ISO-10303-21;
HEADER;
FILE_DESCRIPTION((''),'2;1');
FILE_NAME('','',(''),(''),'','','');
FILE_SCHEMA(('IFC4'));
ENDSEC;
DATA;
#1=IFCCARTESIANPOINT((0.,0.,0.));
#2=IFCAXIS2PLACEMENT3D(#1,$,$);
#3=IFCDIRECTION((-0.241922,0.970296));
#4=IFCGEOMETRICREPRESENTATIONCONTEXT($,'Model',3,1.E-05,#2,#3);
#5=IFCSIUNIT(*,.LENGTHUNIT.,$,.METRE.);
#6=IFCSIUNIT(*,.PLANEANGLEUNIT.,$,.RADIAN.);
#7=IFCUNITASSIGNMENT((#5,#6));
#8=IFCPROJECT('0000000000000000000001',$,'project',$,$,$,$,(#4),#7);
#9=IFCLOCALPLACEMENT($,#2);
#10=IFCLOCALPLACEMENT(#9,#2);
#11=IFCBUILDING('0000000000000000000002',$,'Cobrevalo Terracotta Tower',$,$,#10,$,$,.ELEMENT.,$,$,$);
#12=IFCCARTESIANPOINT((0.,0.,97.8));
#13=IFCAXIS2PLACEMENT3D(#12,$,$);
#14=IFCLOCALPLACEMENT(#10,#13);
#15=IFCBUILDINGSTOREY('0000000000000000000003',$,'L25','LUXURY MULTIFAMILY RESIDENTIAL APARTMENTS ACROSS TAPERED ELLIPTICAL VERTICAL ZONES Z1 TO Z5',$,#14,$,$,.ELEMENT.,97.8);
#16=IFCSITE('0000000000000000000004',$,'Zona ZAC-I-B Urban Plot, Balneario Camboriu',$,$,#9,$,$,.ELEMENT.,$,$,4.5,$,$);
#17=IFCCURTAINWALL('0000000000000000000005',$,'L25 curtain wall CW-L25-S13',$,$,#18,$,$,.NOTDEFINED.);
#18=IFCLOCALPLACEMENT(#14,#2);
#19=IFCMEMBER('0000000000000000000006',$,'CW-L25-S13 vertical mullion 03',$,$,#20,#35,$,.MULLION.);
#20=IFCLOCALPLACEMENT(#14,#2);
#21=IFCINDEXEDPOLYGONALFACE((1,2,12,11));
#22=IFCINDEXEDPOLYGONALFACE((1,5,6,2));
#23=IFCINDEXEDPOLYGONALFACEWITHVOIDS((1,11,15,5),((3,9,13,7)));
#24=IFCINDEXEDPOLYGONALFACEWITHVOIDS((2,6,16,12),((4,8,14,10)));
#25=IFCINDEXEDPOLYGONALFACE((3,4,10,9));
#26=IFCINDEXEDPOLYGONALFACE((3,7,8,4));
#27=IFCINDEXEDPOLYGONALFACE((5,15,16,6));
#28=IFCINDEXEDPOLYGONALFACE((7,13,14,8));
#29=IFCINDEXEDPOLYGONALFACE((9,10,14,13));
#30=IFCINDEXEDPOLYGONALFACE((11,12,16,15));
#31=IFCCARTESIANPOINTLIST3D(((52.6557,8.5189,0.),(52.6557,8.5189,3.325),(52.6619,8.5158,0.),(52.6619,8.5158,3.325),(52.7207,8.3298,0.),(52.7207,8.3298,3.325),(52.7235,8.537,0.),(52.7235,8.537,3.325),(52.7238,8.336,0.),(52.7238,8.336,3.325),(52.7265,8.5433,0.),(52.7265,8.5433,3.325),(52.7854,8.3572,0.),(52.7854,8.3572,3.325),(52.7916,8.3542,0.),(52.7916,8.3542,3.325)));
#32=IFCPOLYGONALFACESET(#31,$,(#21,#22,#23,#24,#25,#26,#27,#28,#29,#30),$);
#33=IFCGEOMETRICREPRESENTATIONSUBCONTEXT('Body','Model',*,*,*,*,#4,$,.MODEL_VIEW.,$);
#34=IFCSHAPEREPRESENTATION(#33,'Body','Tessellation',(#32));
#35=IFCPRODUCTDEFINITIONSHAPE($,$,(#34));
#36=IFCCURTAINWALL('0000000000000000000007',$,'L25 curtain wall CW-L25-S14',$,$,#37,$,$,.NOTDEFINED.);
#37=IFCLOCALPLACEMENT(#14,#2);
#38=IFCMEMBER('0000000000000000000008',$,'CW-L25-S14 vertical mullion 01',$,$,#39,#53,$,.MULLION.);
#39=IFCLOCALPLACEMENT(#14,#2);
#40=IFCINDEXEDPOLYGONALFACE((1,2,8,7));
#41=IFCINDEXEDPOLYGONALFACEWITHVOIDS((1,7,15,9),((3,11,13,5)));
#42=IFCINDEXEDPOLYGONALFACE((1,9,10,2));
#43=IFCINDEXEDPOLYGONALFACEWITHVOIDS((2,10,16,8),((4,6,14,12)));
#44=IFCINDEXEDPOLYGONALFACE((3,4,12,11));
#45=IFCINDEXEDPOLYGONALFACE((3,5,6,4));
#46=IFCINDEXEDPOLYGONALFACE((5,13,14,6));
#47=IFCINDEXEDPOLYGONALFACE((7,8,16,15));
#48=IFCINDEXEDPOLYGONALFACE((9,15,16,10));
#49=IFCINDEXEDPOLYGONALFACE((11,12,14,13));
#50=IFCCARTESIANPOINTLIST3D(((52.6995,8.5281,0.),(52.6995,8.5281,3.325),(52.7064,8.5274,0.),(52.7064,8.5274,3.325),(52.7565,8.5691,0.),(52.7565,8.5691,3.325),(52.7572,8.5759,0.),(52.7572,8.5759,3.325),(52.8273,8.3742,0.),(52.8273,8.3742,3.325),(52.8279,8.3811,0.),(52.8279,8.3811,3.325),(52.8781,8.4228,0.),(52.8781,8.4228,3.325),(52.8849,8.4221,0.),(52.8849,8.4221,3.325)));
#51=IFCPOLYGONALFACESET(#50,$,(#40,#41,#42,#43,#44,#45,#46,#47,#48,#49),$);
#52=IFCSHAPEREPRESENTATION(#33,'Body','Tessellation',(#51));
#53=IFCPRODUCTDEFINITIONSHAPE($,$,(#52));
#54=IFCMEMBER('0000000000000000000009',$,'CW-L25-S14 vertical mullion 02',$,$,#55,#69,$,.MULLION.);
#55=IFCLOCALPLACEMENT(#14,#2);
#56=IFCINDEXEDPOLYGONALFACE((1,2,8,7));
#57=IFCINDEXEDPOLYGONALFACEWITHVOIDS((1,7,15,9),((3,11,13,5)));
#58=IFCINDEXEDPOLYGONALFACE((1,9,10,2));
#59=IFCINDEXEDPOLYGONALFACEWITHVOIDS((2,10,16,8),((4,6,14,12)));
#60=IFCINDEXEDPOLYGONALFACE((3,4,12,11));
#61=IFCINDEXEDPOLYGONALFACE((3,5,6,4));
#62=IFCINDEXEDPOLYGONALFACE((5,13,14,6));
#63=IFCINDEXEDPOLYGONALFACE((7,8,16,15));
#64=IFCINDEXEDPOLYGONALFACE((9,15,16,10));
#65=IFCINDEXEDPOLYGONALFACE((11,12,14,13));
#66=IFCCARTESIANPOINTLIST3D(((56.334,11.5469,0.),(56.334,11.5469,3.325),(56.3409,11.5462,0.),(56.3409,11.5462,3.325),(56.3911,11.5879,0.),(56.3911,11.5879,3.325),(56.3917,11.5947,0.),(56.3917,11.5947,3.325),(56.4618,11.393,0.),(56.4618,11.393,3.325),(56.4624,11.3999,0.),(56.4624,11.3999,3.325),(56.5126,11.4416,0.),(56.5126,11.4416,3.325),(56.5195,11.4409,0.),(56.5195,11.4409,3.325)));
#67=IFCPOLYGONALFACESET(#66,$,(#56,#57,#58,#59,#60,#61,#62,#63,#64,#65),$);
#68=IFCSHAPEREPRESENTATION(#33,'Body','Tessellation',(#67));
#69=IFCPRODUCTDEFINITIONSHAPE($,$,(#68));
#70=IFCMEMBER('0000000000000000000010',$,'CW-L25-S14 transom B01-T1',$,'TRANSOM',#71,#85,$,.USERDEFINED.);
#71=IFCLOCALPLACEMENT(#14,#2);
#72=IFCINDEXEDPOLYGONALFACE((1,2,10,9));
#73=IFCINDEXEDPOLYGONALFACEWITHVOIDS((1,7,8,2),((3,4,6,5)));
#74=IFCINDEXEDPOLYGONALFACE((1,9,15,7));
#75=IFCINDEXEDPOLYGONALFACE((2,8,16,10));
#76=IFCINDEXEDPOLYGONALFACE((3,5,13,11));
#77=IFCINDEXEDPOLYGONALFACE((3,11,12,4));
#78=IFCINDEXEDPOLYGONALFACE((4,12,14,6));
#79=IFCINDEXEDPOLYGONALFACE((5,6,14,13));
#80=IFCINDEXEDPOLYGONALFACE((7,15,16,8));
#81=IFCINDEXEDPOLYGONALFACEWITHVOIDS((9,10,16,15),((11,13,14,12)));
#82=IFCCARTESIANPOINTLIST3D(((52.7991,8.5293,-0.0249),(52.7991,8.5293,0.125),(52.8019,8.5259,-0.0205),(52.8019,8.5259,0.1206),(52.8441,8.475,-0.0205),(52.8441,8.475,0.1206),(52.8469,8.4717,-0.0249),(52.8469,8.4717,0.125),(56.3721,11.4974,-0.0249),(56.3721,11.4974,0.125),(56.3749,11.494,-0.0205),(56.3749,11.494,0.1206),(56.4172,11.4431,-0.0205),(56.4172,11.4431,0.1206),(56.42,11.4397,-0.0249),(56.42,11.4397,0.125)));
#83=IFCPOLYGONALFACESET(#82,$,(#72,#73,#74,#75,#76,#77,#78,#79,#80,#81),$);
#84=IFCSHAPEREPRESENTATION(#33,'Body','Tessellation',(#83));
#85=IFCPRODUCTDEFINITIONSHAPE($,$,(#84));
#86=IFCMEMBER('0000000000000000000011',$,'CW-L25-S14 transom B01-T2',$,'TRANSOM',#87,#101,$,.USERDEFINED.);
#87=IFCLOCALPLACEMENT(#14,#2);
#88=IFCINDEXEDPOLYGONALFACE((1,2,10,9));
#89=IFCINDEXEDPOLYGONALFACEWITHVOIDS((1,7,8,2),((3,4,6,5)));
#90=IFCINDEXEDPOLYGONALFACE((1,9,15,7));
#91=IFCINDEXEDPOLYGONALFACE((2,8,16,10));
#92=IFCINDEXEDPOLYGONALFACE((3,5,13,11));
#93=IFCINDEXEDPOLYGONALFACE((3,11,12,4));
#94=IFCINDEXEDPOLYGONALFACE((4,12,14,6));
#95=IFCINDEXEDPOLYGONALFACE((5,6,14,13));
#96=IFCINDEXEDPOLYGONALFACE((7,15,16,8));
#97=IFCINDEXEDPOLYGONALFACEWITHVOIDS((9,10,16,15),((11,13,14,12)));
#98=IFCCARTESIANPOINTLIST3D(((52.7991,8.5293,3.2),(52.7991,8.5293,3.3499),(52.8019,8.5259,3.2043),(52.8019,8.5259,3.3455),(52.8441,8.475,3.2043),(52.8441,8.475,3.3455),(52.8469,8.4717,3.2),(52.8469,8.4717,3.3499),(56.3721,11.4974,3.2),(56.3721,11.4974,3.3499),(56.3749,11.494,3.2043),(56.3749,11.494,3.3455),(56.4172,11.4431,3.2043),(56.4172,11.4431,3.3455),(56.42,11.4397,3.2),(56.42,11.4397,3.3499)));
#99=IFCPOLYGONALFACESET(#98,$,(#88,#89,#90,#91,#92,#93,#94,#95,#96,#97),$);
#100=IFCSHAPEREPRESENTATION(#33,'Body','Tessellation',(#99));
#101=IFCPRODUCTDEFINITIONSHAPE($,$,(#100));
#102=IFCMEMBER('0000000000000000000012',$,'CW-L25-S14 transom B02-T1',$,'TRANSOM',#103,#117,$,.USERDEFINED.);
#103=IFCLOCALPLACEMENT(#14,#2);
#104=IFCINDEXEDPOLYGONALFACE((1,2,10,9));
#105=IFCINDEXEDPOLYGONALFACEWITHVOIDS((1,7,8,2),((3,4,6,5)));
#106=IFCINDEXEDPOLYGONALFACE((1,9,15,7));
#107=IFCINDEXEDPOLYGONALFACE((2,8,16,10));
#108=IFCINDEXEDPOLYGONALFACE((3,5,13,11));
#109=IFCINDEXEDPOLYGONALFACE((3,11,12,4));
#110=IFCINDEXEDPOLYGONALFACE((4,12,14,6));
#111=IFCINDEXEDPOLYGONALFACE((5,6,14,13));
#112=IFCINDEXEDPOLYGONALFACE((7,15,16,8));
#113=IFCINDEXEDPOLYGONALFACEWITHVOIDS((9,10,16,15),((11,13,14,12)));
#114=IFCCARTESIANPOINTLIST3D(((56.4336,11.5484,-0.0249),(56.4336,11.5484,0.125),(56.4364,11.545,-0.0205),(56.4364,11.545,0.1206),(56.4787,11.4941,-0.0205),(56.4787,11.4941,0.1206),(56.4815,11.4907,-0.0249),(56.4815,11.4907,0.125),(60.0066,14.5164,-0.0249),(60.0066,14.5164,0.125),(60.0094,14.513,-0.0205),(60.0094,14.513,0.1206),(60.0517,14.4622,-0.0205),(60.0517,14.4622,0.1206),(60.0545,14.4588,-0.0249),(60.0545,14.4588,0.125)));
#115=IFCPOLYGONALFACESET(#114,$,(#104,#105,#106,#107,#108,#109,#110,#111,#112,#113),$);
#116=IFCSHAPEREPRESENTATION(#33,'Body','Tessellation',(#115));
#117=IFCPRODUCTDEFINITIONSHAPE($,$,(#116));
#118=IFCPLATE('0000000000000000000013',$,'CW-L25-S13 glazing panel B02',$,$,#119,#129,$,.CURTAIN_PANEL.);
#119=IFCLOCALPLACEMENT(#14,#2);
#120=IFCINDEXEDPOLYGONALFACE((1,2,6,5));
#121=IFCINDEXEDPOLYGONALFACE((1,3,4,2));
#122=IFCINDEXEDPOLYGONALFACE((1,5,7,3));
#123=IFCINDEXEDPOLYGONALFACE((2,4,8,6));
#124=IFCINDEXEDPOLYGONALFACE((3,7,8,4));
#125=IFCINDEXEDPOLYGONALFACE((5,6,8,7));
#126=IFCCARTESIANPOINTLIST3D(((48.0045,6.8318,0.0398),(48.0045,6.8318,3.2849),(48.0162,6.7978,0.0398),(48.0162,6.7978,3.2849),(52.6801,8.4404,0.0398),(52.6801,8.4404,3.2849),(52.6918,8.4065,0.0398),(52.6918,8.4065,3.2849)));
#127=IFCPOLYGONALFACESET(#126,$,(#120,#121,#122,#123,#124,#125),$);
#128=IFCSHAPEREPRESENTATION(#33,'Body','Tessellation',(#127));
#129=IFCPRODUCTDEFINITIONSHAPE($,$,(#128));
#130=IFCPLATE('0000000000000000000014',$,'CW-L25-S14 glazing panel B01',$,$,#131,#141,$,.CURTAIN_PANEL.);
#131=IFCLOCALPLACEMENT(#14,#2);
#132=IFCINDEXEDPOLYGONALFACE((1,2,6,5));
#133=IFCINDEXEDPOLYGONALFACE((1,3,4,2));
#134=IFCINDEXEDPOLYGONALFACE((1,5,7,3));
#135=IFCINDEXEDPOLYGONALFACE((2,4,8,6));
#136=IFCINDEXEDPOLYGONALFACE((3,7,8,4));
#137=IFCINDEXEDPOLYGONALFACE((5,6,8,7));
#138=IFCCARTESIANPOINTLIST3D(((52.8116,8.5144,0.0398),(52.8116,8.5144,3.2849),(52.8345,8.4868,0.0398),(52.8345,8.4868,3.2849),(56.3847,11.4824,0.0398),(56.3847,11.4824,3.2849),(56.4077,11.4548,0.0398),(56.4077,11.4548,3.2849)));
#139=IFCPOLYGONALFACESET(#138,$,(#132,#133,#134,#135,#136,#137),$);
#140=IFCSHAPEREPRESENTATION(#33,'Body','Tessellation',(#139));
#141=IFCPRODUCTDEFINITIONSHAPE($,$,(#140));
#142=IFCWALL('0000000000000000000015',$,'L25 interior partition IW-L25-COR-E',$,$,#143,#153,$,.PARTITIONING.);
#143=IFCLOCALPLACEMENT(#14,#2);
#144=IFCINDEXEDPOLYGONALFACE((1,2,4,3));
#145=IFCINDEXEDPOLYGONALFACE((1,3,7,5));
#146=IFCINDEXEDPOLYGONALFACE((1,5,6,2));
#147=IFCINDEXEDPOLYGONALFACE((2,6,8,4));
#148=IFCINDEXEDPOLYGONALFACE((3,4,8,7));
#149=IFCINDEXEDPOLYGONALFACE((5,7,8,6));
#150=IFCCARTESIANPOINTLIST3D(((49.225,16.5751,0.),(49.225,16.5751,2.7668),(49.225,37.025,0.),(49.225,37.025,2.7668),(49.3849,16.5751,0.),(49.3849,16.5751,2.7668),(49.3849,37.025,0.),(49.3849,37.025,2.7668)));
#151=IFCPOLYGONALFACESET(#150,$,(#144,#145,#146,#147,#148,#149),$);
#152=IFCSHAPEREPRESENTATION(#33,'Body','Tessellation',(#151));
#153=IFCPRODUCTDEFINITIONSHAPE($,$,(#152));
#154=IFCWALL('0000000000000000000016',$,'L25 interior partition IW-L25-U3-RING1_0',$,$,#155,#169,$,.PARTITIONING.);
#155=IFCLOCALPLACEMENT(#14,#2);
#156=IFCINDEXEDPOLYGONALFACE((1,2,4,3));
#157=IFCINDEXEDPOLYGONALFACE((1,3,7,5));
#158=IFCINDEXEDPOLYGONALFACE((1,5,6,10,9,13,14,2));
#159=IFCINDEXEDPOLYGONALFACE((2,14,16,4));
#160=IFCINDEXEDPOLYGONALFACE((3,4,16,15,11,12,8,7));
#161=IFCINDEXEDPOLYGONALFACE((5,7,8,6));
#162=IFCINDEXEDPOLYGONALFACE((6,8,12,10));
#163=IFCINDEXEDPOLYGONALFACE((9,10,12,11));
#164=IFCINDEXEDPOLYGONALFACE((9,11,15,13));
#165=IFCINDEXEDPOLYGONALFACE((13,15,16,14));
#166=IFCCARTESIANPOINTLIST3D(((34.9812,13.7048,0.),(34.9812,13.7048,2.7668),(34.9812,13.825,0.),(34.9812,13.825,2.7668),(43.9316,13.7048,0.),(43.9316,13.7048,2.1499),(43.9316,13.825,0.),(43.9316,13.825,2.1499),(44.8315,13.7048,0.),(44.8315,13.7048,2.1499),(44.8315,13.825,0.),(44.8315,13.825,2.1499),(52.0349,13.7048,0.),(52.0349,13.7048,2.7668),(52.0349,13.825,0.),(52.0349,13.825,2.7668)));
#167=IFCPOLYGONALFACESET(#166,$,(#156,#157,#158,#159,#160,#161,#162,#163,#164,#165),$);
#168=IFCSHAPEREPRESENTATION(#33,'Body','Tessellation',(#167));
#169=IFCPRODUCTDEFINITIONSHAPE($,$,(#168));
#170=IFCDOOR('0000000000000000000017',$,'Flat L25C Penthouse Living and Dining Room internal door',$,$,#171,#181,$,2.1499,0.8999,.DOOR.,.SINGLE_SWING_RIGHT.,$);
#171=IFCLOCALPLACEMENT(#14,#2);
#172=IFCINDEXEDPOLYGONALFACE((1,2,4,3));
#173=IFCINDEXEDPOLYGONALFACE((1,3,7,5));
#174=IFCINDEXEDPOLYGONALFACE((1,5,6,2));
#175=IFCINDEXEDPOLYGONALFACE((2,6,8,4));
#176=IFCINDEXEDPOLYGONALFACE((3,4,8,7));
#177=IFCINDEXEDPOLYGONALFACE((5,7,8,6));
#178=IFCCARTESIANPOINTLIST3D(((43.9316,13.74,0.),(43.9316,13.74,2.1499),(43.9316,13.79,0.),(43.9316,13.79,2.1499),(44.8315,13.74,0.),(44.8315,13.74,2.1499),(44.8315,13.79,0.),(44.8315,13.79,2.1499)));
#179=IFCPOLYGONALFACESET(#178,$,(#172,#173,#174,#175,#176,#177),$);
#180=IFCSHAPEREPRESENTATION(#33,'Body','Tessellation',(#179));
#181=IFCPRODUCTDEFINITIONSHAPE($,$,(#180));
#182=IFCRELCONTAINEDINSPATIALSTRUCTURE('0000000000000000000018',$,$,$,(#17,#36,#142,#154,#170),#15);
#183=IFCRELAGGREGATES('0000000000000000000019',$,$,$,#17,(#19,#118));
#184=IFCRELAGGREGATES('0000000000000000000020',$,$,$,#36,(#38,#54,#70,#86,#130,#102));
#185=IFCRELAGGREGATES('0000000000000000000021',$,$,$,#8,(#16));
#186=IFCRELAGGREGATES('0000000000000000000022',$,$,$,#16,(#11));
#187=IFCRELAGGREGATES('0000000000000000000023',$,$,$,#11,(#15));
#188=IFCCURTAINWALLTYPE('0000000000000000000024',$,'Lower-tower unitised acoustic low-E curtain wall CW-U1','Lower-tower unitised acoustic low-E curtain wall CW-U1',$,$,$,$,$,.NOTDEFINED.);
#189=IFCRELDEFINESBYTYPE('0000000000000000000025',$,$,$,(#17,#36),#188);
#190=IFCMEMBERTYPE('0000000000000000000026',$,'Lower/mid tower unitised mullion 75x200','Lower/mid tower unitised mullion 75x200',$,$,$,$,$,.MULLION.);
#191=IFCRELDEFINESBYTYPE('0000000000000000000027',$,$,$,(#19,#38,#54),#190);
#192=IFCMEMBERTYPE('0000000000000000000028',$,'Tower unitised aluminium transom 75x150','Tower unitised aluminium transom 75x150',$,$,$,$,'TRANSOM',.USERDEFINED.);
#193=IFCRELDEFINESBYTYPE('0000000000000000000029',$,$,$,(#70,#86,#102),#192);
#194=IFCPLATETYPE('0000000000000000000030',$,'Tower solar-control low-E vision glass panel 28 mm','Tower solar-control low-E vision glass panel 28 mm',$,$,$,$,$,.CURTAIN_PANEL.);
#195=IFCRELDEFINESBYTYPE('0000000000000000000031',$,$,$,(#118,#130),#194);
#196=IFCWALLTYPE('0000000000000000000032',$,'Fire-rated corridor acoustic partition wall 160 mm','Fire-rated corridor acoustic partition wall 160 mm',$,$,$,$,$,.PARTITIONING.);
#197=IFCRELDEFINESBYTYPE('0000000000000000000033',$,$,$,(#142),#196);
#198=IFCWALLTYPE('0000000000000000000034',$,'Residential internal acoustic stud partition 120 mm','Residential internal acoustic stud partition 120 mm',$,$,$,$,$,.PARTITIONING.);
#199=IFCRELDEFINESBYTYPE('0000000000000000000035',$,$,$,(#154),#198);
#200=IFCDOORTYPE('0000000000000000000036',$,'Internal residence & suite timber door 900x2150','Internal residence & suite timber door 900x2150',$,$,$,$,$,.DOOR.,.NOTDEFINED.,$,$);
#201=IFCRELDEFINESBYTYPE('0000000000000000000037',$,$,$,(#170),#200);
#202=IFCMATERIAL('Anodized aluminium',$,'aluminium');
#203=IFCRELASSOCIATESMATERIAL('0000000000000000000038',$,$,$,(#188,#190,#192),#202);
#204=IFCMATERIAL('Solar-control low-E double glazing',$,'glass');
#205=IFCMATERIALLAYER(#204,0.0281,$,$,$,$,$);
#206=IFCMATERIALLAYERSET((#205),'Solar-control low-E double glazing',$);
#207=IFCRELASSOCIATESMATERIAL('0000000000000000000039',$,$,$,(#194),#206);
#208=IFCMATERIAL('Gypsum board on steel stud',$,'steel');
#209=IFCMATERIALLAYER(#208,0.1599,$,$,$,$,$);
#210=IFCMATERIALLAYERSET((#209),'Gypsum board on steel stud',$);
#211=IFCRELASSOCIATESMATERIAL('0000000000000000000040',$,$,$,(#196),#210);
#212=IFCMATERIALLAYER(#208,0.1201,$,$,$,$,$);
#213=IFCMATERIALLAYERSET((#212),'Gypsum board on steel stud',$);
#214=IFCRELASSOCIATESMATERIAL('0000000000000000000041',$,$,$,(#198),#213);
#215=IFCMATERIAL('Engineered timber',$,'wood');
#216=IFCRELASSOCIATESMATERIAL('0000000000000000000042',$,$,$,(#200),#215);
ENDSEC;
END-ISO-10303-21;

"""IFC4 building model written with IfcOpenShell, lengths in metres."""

from ifc_helpers import new_model, si_unit, direction, frame, frame_2d, origin, origin_2d, place, context, subcontext, project, spatial, rectangle, hollow_rectangle, extrude, source, transform, mapped, material, layer, layer_set, material_profile, profile_set, type_object, element, fill, aggregate, save


model = new_model("IFC4")

# Units and contexts
model_context = context("Model", 3, precision=1e-05, world=origin(), true_north=direction((-0.241922, 0.970296)))
body_context = subcontext(model_context, "Body", "Model", "MODEL_VIEW")
ifc_project = project(units=[si_unit("LENGTHUNIT", "METRE"), si_unit("PLANEANGLEUNIT", "RADIAN")], contexts=[model_context])

# Site, building, storey
site_placement = place(None, origin())
site = spatial("IfcSite", under=ifc_project, at=site_placement, Name="Zona ZAC-I-B Urban Plot, Balneario Camboriu", CompositionType="ELEMENT", RefElevation=4.5)
building_placement = place(site_placement, origin())
building = spatial("IfcBuilding", under=site, at=building_placement, Name="Cobrevalo Terracotta Tower", CompositionType="ELEMENT")
storey_placement = place(building_placement, frame((0.0, 0.0, 97.8)))
storey = spatial("IfcBuildingStorey", under=building, at=storey_placement, Name="L25", Description="LUXURY MULTIFAMILY RESIDENTIAL APARTMENTS ACROSS TAPERED ELLIPTICAL VERTICAL ZONES Z1 TO Z5", CompositionType="ELEMENT", Elevation=97.8)

# Curtain wall, member
ifc_material_1 = material(Name="Anodized aluminium", Category="aluminium")
curtain_wall_type = type_object("IfcCurtainWallType", Name="Lower-tower unitised acoustic low-E curtain wall CW-U1", Description="Lower-tower unitised acoustic low-E curtain wall CW-U1", PredefinedType="NOTDEFINED", material=ifc_material_1)
curtain_wall_1_placement = place(storey_placement, origin())
curtain_wall_1 = element("IfcCurtainWall", 1, at=curtain_wall_1_placement, inside=storey, type_object=curtain_wall_type, Name="L25 curtain wall CW-L25-S13", PredefinedType="NOTDEFINED")
ifc_material_profile_1 = material_profile(ifc_material_1, hollow_rectangle(XDim=0.075, YDim=0.2, WallThickness=0.0049, at=origin_2d()), Name="CWM 75x200")
ifc_profile_set_1 = profile_set([ifc_material_profile_1], Name="Anodized aluminium")
member_type_1 = type_object("IfcMemberType", Name="Lower/mid tower unitised mullion 75x200", Description="Lower/mid tower unitised mullion 75x200", PredefinedType="MULLION", material=ifc_profile_set_1)
shared_shape_1 = source(origin(), body_context, "Body", "SweptSolid", [
    extrude(hollow_rectangle(XDim=0.075, YDim=0.2, WallThickness=0.0049, at=origin_2d()), origin(), (0.0, 0.0, 1.0), 3.325),
])
member_1_placement = place(storey_placement, frame((52.7236, 8.4365, 0.0), z_axis=(0.0, 0.0, 1.0), x_axis=(0.945598, 0.325337, 0.0)))
member_1 = element("IfcMember", 2, at=member_1_placement, type_object=member_type_1, Name="CW-L25-S13 vertical mullion 03", PredefinedType="MULLION", context=body_context, shape_type="MappedRepresentation", body=[
    mapped(shared_shape_1, transform((0.0, 0.0, 0.0), scale=1.0)),
])

# Curtain wall, members
curtain_wall_2_placement = place(storey_placement, origin())
curtain_wall_2 = element("IfcCurtainWall", 3, at=curtain_wall_2_placement, inside=storey, type_object=curtain_wall_type, Name="L25 curtain wall CW-L25-S14", PredefinedType="NOTDEFINED")
member_2_placement = place(storey_placement, frame((52.7922, 8.4751, 0.0), z_axis=(0.0, 0.0, 1.0), x_axis=(0.769243, 0.638956, 0.0)))
member_2 = element("IfcMember", 4, at=member_2_placement, type_object=member_type_1, Name="CW-L25-S14 vertical mullion 01", PredefinedType="MULLION", context=body_context, shape_type="MappedRepresentation", body=[
    mapped(shared_shape_1, transform((0.0, 0.0, 0.0), scale=1.0)),
])
member_3_placement = place(storey_placement, frame((56.4268, 11.4939, 0.0), z_axis=(0.0, 0.0, 1.0), x_axis=(0.769243, 0.638956, 0.0)))
member_3 = element("IfcMember", 5, at=member_3_placement, type_object=member_type_1, Name="CW-L25-S14 vertical mullion 02", PredefinedType="MULLION", context=body_context, shape_type="MappedRepresentation", body=[
    mapped(shared_shape_1, transform((0.0, 0.0, 0.0), scale=1.0)),
])
ifc_material_profile_2 = material_profile(ifc_material_1, hollow_rectangle(XDim=0.075, YDim=0.1499, WallThickness=0.0044, at=origin_2d()), Name="CWT 75x150")
ifc_profile_set_2 = profile_set([ifc_material_profile_2], Name="Anodized aluminium")
member_type_2 = type_object("IfcMemberType", Name="Tower unitised aluminium transom 75x150", Description="Tower unitised aluminium transom 75x150", ElementType="TRANSOM", PredefinedType="USERDEFINED", material=ifc_profile_set_2)
shared_shape_2 = source(origin(), body_context, "Body", "SweptSolid", [
    extrude(hollow_rectangle(XDim=0.075, YDim=0.1499, WallThickness=0.0044, at=origin_2d()), origin(), (0.0, 0.0, 1.0), 4.645),
])
member_4_placement = place(storey_placement, frame((52.823, 8.5005, 0.05), z_axis=(0.769224, 0.638979, 0.0), x_axis=(-0.638979, 0.769224, 0.0)))
member_4 = element("IfcMember", 6, at=member_4_placement, type_object=member_type_2, Name="CW-L25-S14 transom B01-T1", ObjectType="TRANSOM", PredefinedType="USERDEFINED", context=body_context, shape_type="MappedRepresentation", body=[
    mapped(shared_shape_2, transform((0.0, 0.0, 0.0), scale=1.0)),
])
member_5_placement = place(storey_placement, frame((52.823, 8.5005, 3.2749), z_axis=(0.769224, 0.638979, 0.0), x_axis=(-0.638979, 0.769224, 0.0)))
member_5 = element("IfcMember", 7, at=member_5_placement, type_object=member_type_2, Name="CW-L25-S14 transom B01-T2", ObjectType="TRANSOM", PredefinedType="USERDEFINED", context=body_context, shape_type="MappedRepresentation", body=[
    mapped(shared_shape_2, transform((0.0, 0.0, 0.0), scale=1.0)),
])
member_6_placement = place(storey_placement, frame((56.4575, 11.5195, 0.05), z_axis=(0.769224, 0.638979, 0.0), x_axis=(-0.638979, 0.769224, 0.0)))
member_6 = element("IfcMember", 8, at=member_6_placement, type_object=member_type_2, Name="CW-L25-S14 transom B02-T1", ObjectType="TRANSOM", PredefinedType="USERDEFINED", context=body_context, shape_type="MappedRepresentation", body=[
    mapped(shared_shape_2, transform((0.0, 0.0, 0.0), scale=1.0)),
])

# Plates
ifc_material_2 = material(Name="Solar-control low-E double glazing", Category="glass")
ifc_layer_1 = layer(ifc_material_2, 0.0281)
ifc_layer_set_1 = layer_set([ifc_layer_1], Name="Solar-control low-E double glazing")
plate_type = type_object("IfcPlateType", Name="Tower solar-control low-E vision glass panel 28 mm", Description="Tower solar-control low-E vision glass panel 28 mm", PredefinedType="CURTAIN_PANEL", material=ifc_layer_set_1)
shared_shape_3 = source(origin(), body_context, "Body", "SweptSolid", [
    extrude(rectangle(XDim=4.9446, YDim=0.0359, at=origin_2d()), origin(), (0.0, 0.0, 1.0), 3.2451),
])
plate_1_placement = place(storey_placement, frame((50.3481, 7.6191, 0.0398), z_axis=(0.0, 0.0, 1.0), x_axis=(0.945596, 0.325342, 0.0)))
plate_1 = element("IfcPlate", 9, at=plate_1_placement, type_object=plate_type, Name="CW-L25-S13 glazing panel B02", PredefinedType="CURTAIN_PANEL", context=body_context, shape_type="MappedRepresentation", body=[
    mapped(shared_shape_3, transform((0.0, 0.0, 0.0), scale=1.0)),
])
aggregate(curtain_wall_1, [member_1, plate_1])
shared_shape_4 = source(origin(), body_context, "Body", "SweptSolid", [
    extrude(rectangle(XDim=4.645, YDim=0.0359, at=origin_2d()), origin(), (0.0, 0.0, 1.0), 3.2451),
])
plate_2_placement = place(storey_placement, frame((54.6096, 9.9846, 0.0398), z_axis=(0.0, 0.0, 1.0), x_axis=(0.769241, 0.638958, 0.0)))
plate_2 = element("IfcPlate", 10, at=plate_2_placement, type_object=plate_type, Name="CW-L25-S14 glazing panel B01", PredefinedType="CURTAIN_PANEL", context=body_context, shape_type="MappedRepresentation", body=[
    mapped(shared_shape_4, transform((0.0, 0.0, 0.0), scale=1.0)),
])
aggregate(curtain_wall_2, [member_2, member_3, member_4, member_5, plate_2, member_6])

# Wall
ifc_material_3 = material(Name="Gypsum board on steel stud", Category="steel")
ifc_layer_2 = layer(ifc_material_3, 0.1599)
ifc_layer_set_2 = layer_set([ifc_layer_2], Name="Gypsum board on steel stud")
wall_type_1 = type_object("IfcWallType", Name="Fire-rated corridor acoustic partition wall 160 mm", Description="Fire-rated corridor acoustic partition wall 160 mm", PredefinedType="PARTITIONING", material=ifc_layer_set_2)
wall_1_placement = place(storey_placement, frame((49.3049, 16.575, 0.0), z_axis=(0.0, 0.0, 1.0), x_axis=(0.0, 1.0, 0.0)))
element("IfcWall", 11, at=wall_1_placement, inside=storey, type_object=wall_type_1, Name="L25 interior partition IW-L25-COR-E", PredefinedType="PARTITIONING", context=body_context, shape_type="SweptSolid", body=[
    extrude(rectangle(XDim=20.45, YDim=0.1599, at=frame_2d((10.2251, 0.0))), origin(), (0.0, 0.0, 1.0), 2.7668),
])

# Wall, opening, door
ifc_layer_3 = layer(ifc_material_3, 0.1201)
ifc_layer_set_3 = layer_set([ifc_layer_3], Name="Gypsum board on steel stud")
wall_type_2 = type_object("IfcWallType", Name="Residential internal acoustic stud partition 120 mm", Description="Residential internal acoustic stud partition 120 mm", PredefinedType="PARTITIONING", material=ifc_layer_set_3)
wall_2_placement = place(storey_placement, frame((52.0349, 13.7649, 0.0), z_axis=(0.0, 0.0, 1.0), x_axis=(-1.0, 0.0, 0.0)))
wall_2 = element("IfcWall", 12, at=wall_2_placement, inside=storey, type_object=wall_type_2, Name="L25 interior partition IW-L25-U3-RING1_0", PredefinedType="PARTITIONING", context=body_context, shape_type="SweptSolid", body=[
    extrude(rectangle(XDim=17.0537, YDim=0.1201, at=frame_2d((8.5269, 0.0))), origin(), (0.0, 0.0, 1.0), 2.7668),
])
opening_1_placement = place(wall_2_placement, frame((7.2034, 0.0, 0.0)))
opening_1 = element("IfcOpeningElement", 13, at=opening_1_placement, cuts=wall_2, PredefinedType="OPENING", context=body_context, shape_type="SweptSolid", body=[
    extrude(rectangle(XDim=0.8999, YDim=2.1499, at=frame_2d((0.45, 1.075))), frame((0.0, 0.0701, 0.0), z_axis=(0.0, -1.0, 0.0), x_axis=(1.0, 0.0, 0.0)), (0.0, 0.0, 1.0), 0.1401),
])
ifc_material_4 = material(Name="Engineered timber", Category="wood")
door_type = type_object("IfcDoorType", Name="Internal residence & suite timber door 900x2150", Description="Internal residence & suite timber door 900x2150", OperationType="NOTDEFINED", PredefinedType="DOOR", material=ifc_material_4)
shared_shape_5 = source(origin(), body_context, "Body", "SweptSolid", [
    extrude(rectangle(XDim=0.8999, YDim=2.1499, at=frame_2d((0.45, 1.075))), frame((0.0, 0.0249, 0.0), z_axis=(0.0, -1.0, 0.0), x_axis=(1.0, 0.0, 0.0)), (0.0, 0.0, 1.0), 0.05),
])
door_1_placement = place(opening_1_placement, origin())
door_1 = element("IfcDoor", 14, at=door_1_placement, inside=storey, type_object=door_type, Name="Flat L25C Penthouse Living and Dining Room internal door", OperationType="SINGLE_SWING_RIGHT", OverallHeight=2.1499, OverallWidth=0.8999, PredefinedType="DOOR", context=body_context, shape_type="MappedRepresentation", body=[
    mapped(shared_shape_5, transform((0.0, 0.0, 0.0), scale=1.0)),
])
fill(opening_1, door_1)

save(model, "model.ifc")
